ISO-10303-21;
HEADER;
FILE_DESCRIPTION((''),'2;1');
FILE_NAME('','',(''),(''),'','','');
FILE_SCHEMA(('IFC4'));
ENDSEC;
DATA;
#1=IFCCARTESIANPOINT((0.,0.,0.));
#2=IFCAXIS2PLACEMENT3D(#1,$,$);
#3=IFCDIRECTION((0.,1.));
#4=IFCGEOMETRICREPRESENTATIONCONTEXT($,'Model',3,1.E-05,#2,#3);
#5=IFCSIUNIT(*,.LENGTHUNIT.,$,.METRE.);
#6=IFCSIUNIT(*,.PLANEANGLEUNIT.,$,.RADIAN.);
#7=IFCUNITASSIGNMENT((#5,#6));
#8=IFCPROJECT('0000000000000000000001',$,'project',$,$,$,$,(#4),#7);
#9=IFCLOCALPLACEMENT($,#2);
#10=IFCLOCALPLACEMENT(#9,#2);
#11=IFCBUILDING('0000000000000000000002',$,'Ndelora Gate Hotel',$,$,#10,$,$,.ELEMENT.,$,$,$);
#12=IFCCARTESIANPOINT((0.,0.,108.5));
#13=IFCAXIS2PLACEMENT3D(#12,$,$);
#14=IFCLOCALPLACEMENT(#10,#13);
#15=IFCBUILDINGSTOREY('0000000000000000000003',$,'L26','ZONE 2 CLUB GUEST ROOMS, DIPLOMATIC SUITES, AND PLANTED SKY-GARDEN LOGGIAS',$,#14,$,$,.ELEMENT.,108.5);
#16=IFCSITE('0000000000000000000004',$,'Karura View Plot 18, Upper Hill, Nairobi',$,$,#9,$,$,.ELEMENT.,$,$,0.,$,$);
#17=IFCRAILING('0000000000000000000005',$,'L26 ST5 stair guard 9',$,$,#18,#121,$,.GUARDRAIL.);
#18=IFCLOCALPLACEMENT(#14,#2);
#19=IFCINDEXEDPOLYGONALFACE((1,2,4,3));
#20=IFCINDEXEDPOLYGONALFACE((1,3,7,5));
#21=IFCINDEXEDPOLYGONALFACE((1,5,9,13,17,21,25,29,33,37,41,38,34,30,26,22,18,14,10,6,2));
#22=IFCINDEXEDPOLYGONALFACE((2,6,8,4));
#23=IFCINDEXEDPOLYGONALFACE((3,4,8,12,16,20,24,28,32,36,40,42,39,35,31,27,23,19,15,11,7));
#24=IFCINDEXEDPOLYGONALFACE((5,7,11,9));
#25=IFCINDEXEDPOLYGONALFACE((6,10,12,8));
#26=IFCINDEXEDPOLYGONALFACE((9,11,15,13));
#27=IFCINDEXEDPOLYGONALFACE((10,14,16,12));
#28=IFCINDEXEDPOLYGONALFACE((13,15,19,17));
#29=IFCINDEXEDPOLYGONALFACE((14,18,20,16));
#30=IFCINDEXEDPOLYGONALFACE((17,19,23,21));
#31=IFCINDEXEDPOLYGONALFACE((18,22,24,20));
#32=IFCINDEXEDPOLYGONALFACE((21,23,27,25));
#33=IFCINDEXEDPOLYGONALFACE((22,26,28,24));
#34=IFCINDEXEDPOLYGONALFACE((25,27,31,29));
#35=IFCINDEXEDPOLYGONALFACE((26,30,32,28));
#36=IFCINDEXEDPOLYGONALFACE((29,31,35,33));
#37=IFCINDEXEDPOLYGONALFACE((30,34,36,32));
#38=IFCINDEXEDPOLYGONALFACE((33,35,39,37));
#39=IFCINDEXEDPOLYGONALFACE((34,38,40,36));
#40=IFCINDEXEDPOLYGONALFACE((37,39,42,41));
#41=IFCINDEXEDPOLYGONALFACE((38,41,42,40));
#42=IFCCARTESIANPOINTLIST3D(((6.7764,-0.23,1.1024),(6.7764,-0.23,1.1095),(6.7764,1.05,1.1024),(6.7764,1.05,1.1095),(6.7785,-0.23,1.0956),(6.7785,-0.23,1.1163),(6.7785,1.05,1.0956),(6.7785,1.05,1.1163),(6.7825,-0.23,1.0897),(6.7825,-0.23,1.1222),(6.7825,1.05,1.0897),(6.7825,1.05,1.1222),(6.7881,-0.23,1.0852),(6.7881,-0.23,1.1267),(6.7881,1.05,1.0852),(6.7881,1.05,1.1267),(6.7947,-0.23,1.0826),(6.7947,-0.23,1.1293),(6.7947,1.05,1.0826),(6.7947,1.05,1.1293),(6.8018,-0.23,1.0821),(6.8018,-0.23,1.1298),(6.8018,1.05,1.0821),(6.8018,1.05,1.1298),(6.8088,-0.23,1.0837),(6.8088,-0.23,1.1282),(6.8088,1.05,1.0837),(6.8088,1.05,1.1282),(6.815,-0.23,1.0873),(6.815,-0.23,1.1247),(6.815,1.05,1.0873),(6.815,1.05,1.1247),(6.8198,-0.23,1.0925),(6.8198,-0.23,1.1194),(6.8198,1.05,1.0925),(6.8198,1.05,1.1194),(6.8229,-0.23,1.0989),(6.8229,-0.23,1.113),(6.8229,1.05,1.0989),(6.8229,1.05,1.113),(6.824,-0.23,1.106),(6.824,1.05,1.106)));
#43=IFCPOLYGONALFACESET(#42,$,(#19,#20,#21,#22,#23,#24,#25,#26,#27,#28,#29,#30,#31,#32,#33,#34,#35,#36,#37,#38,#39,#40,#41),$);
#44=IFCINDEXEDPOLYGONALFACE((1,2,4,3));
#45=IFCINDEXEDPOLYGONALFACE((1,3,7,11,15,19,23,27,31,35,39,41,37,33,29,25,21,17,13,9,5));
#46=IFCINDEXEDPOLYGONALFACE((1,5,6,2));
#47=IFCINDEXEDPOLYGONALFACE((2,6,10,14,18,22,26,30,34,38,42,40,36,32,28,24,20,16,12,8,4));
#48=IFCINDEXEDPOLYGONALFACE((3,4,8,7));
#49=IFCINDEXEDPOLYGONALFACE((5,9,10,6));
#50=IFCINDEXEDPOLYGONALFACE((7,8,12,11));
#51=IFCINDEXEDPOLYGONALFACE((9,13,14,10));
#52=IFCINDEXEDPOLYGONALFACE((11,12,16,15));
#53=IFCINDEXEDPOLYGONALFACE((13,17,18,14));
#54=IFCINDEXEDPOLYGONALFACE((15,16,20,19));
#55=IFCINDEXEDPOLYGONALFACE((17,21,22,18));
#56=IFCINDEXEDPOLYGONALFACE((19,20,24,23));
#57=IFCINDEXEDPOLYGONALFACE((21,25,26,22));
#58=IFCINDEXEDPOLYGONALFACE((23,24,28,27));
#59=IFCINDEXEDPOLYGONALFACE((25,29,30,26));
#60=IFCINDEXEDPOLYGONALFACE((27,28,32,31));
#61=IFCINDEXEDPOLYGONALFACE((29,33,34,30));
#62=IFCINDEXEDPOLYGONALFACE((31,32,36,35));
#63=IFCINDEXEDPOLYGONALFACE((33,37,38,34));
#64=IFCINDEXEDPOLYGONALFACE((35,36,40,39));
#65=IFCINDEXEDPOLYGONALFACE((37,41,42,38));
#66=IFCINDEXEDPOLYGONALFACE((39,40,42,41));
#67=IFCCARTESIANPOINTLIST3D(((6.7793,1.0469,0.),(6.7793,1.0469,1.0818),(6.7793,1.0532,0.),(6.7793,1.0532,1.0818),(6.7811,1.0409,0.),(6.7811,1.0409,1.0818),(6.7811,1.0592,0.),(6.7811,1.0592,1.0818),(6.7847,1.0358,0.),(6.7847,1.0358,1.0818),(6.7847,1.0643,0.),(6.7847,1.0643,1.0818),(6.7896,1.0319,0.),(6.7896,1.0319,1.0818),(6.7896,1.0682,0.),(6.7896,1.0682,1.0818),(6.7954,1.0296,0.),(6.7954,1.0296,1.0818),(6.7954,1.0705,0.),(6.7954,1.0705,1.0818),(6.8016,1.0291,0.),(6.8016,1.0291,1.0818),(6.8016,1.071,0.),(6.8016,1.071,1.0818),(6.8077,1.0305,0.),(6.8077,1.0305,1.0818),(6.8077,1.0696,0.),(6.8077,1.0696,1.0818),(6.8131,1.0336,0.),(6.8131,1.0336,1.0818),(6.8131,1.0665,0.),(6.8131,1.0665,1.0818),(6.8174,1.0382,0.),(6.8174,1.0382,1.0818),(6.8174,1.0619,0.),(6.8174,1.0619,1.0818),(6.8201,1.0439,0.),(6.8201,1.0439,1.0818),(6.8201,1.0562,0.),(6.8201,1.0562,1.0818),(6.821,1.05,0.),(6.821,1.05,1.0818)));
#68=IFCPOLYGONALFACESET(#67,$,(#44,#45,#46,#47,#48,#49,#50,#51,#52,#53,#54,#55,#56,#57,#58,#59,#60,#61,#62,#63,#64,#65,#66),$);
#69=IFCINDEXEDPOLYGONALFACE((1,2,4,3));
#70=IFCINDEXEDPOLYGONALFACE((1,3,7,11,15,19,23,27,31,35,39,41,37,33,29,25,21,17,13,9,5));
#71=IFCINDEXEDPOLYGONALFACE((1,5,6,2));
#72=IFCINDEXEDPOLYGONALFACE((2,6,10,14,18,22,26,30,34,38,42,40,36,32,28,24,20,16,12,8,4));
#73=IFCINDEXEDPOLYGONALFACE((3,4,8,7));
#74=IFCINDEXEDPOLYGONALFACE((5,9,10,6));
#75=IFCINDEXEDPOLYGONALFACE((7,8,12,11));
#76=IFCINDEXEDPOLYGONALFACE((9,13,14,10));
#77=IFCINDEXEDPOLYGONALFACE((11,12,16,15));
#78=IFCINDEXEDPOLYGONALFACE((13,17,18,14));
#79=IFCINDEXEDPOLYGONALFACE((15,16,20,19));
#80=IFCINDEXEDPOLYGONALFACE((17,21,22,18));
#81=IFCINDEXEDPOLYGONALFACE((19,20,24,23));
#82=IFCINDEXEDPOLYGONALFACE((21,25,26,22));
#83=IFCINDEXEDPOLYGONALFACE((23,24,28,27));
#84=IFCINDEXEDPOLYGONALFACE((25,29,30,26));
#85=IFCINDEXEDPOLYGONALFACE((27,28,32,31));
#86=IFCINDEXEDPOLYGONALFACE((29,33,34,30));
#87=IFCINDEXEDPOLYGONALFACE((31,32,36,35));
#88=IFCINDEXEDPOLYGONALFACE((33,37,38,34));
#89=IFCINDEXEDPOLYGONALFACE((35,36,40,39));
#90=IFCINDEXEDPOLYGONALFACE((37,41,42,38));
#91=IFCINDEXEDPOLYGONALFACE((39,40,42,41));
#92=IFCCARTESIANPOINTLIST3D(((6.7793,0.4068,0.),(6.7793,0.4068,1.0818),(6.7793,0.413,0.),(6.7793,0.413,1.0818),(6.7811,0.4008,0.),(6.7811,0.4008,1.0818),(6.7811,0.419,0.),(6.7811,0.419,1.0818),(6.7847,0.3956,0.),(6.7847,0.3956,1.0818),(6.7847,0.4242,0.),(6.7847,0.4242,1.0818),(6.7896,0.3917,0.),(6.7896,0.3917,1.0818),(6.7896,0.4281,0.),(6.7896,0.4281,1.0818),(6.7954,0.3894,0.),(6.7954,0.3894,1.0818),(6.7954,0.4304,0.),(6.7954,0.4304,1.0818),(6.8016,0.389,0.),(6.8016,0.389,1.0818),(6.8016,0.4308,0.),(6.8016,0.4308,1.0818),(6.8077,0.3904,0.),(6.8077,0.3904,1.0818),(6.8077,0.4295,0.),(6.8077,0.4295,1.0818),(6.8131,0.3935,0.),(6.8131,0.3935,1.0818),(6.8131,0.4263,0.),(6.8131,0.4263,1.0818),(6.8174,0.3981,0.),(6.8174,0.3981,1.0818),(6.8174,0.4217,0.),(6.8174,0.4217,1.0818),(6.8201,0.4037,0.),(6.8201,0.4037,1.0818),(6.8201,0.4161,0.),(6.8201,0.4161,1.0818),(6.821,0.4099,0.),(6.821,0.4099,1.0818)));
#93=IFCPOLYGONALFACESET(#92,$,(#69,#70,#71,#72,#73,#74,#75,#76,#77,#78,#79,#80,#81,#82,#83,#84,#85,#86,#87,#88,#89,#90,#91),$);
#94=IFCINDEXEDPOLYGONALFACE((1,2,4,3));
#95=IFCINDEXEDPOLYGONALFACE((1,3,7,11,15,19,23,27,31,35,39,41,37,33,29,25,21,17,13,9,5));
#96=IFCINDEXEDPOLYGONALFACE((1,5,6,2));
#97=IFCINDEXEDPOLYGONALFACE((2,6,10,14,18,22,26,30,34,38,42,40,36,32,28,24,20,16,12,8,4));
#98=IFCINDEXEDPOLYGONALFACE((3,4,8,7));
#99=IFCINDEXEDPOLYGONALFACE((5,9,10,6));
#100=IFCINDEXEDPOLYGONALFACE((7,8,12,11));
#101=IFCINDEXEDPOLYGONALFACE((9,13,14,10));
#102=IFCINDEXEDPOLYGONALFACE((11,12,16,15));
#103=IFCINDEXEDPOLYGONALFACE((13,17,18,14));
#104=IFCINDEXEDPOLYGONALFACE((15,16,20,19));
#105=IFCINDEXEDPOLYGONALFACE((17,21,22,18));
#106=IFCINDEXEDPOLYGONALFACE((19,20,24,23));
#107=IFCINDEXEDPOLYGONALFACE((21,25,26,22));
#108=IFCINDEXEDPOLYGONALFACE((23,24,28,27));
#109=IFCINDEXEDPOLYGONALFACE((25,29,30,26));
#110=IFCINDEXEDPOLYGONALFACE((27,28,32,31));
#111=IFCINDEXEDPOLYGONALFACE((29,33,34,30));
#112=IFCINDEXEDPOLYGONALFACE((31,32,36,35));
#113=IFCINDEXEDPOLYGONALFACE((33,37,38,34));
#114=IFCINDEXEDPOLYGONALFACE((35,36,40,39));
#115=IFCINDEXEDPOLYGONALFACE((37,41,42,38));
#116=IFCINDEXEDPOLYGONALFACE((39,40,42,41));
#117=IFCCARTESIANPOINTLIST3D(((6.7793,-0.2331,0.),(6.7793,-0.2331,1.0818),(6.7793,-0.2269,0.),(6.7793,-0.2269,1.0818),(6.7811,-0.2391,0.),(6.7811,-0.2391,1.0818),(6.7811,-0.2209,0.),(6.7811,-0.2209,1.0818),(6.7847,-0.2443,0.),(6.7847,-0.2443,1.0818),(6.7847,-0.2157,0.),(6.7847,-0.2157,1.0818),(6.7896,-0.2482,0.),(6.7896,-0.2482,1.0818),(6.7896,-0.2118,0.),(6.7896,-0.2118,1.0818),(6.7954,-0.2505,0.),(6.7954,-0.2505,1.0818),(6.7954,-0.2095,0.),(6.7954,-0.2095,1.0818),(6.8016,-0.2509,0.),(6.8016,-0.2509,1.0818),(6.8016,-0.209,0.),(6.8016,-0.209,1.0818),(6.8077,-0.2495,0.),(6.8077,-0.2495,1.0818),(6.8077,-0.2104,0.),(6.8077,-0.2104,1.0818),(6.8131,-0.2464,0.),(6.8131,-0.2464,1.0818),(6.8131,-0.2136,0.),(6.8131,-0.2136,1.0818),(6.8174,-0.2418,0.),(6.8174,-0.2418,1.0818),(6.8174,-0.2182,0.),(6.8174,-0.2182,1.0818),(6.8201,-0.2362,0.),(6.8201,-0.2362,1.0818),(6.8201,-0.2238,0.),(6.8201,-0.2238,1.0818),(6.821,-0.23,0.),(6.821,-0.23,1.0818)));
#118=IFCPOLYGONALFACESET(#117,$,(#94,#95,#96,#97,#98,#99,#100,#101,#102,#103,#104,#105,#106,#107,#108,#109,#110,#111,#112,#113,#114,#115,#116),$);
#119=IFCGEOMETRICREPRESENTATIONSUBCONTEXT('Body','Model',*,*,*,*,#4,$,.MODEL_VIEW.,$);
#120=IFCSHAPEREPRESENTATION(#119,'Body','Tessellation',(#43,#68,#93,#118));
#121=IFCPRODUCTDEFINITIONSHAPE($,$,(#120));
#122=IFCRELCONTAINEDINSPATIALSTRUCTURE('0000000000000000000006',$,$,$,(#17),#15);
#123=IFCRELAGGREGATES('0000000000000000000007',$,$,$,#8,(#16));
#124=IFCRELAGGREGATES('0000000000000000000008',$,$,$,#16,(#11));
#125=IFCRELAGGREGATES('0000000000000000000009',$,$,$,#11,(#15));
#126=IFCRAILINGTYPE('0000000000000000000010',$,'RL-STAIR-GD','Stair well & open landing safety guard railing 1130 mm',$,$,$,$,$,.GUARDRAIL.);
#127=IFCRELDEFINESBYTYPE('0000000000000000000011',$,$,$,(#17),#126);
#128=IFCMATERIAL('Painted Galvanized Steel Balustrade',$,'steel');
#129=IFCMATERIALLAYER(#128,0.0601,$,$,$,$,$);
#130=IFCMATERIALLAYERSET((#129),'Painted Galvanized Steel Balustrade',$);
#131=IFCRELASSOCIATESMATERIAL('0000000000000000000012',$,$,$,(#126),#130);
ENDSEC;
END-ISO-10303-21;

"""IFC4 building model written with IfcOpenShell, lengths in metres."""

from ifc_helpers import new_model, si_unit, direction, frame, origin, origin_2d, place, context, subcontext, project, spatial, circle, extrude, material, layer, layer_set, type_object, element, save


model = new_model("IFC4")

# Units and contexts
model_context = context("Model", 3, precision=1e-05, world=origin(), true_north=direction((0.0, 1.0)))
body_context = subcontext(model_context, "Body", "Model", "MODEL_VIEW")
ifc_project = project(units=[si_unit("LENGTHUNIT", "METRE"), si_unit("PLANEANGLEUNIT", "RADIAN")], contexts=[model_context])

# Site, building, storey
site_placement = place(None, origin())
site = spatial("IfcSite", under=ifc_project, at=site_placement, Name="Karura View Plot 18, Upper Hill, Nairobi", CompositionType="ELEMENT", RefElevation=0.0)
building_placement = place(site_placement, origin())
building = spatial("IfcBuilding", under=site, at=building_placement, Name="Ndelora Gate Hotel", CompositionType="ELEMENT")
storey_placement = place(building_placement, frame((0.0, 0.0, 108.5)))
storey = spatial("IfcBuildingStorey", under=building, at=storey_placement, Name="L26", Description="ZONE 2 CLUB GUEST ROOMS, DIPLOMATIC SUITES, AND PLANTED SKY-GARDEN LOGGIAS", CompositionType="ELEMENT", Elevation=108.5)

# Railing
ifc_material_1 = material(Name="Painted Galvanized Steel Balustrade", Category="steel")
ifc_layer_1 = layer(ifc_material_1, 0.0601)
ifc_layer_set_1 = layer_set([ifc_layer_1], Name="Painted Galvanized Steel Balustrade")
railing_type_1 = type_object("IfcRailingType", Name="RL-STAIR-GD", Description="Stair well & open landing safety guard railing 1130 mm", PredefinedType="GUARDRAIL", material=ifc_layer_set_1)
for number, where, name in (
    (1, (6.8, 1.05, 0.0), "L26 ST5 stair guard 9"),
):
    element("IfcRailing", number, at=place(storey_placement, frame(where)), inside=storey, type_object=railing_type_1, Name=name, PredefinedType="GUARDRAIL", context=body_context, shape_type="SweptSolid", body=[
        extrude(circle(Radius=0.0239, at=origin_2d()), frame((0.0, 0.0, 1.106), z_axis=(0.0, -1.0, 0.0), x_axis=(1.0, 0.0, 0.0)), (0.0, 0.0, 1.0), 1.28),
        extrude(circle(Radius=0.021, at=origin_2d()), origin(), (0.0, 0.0, 1.0), 1.0818),
        extrude(circle(Radius=0.021, at=origin_2d()), frame((0.0, -0.6401, 0.0)), (0.0, 0.0, 1.0), 1.0818),
        extrude(circle(Radius=0.021, at=origin_2d()), frame((0.0, -1.28, 0.0)), (0.0, 0.0, 1.0), 1.0818),
    ])

save(model, "model.ifc")
